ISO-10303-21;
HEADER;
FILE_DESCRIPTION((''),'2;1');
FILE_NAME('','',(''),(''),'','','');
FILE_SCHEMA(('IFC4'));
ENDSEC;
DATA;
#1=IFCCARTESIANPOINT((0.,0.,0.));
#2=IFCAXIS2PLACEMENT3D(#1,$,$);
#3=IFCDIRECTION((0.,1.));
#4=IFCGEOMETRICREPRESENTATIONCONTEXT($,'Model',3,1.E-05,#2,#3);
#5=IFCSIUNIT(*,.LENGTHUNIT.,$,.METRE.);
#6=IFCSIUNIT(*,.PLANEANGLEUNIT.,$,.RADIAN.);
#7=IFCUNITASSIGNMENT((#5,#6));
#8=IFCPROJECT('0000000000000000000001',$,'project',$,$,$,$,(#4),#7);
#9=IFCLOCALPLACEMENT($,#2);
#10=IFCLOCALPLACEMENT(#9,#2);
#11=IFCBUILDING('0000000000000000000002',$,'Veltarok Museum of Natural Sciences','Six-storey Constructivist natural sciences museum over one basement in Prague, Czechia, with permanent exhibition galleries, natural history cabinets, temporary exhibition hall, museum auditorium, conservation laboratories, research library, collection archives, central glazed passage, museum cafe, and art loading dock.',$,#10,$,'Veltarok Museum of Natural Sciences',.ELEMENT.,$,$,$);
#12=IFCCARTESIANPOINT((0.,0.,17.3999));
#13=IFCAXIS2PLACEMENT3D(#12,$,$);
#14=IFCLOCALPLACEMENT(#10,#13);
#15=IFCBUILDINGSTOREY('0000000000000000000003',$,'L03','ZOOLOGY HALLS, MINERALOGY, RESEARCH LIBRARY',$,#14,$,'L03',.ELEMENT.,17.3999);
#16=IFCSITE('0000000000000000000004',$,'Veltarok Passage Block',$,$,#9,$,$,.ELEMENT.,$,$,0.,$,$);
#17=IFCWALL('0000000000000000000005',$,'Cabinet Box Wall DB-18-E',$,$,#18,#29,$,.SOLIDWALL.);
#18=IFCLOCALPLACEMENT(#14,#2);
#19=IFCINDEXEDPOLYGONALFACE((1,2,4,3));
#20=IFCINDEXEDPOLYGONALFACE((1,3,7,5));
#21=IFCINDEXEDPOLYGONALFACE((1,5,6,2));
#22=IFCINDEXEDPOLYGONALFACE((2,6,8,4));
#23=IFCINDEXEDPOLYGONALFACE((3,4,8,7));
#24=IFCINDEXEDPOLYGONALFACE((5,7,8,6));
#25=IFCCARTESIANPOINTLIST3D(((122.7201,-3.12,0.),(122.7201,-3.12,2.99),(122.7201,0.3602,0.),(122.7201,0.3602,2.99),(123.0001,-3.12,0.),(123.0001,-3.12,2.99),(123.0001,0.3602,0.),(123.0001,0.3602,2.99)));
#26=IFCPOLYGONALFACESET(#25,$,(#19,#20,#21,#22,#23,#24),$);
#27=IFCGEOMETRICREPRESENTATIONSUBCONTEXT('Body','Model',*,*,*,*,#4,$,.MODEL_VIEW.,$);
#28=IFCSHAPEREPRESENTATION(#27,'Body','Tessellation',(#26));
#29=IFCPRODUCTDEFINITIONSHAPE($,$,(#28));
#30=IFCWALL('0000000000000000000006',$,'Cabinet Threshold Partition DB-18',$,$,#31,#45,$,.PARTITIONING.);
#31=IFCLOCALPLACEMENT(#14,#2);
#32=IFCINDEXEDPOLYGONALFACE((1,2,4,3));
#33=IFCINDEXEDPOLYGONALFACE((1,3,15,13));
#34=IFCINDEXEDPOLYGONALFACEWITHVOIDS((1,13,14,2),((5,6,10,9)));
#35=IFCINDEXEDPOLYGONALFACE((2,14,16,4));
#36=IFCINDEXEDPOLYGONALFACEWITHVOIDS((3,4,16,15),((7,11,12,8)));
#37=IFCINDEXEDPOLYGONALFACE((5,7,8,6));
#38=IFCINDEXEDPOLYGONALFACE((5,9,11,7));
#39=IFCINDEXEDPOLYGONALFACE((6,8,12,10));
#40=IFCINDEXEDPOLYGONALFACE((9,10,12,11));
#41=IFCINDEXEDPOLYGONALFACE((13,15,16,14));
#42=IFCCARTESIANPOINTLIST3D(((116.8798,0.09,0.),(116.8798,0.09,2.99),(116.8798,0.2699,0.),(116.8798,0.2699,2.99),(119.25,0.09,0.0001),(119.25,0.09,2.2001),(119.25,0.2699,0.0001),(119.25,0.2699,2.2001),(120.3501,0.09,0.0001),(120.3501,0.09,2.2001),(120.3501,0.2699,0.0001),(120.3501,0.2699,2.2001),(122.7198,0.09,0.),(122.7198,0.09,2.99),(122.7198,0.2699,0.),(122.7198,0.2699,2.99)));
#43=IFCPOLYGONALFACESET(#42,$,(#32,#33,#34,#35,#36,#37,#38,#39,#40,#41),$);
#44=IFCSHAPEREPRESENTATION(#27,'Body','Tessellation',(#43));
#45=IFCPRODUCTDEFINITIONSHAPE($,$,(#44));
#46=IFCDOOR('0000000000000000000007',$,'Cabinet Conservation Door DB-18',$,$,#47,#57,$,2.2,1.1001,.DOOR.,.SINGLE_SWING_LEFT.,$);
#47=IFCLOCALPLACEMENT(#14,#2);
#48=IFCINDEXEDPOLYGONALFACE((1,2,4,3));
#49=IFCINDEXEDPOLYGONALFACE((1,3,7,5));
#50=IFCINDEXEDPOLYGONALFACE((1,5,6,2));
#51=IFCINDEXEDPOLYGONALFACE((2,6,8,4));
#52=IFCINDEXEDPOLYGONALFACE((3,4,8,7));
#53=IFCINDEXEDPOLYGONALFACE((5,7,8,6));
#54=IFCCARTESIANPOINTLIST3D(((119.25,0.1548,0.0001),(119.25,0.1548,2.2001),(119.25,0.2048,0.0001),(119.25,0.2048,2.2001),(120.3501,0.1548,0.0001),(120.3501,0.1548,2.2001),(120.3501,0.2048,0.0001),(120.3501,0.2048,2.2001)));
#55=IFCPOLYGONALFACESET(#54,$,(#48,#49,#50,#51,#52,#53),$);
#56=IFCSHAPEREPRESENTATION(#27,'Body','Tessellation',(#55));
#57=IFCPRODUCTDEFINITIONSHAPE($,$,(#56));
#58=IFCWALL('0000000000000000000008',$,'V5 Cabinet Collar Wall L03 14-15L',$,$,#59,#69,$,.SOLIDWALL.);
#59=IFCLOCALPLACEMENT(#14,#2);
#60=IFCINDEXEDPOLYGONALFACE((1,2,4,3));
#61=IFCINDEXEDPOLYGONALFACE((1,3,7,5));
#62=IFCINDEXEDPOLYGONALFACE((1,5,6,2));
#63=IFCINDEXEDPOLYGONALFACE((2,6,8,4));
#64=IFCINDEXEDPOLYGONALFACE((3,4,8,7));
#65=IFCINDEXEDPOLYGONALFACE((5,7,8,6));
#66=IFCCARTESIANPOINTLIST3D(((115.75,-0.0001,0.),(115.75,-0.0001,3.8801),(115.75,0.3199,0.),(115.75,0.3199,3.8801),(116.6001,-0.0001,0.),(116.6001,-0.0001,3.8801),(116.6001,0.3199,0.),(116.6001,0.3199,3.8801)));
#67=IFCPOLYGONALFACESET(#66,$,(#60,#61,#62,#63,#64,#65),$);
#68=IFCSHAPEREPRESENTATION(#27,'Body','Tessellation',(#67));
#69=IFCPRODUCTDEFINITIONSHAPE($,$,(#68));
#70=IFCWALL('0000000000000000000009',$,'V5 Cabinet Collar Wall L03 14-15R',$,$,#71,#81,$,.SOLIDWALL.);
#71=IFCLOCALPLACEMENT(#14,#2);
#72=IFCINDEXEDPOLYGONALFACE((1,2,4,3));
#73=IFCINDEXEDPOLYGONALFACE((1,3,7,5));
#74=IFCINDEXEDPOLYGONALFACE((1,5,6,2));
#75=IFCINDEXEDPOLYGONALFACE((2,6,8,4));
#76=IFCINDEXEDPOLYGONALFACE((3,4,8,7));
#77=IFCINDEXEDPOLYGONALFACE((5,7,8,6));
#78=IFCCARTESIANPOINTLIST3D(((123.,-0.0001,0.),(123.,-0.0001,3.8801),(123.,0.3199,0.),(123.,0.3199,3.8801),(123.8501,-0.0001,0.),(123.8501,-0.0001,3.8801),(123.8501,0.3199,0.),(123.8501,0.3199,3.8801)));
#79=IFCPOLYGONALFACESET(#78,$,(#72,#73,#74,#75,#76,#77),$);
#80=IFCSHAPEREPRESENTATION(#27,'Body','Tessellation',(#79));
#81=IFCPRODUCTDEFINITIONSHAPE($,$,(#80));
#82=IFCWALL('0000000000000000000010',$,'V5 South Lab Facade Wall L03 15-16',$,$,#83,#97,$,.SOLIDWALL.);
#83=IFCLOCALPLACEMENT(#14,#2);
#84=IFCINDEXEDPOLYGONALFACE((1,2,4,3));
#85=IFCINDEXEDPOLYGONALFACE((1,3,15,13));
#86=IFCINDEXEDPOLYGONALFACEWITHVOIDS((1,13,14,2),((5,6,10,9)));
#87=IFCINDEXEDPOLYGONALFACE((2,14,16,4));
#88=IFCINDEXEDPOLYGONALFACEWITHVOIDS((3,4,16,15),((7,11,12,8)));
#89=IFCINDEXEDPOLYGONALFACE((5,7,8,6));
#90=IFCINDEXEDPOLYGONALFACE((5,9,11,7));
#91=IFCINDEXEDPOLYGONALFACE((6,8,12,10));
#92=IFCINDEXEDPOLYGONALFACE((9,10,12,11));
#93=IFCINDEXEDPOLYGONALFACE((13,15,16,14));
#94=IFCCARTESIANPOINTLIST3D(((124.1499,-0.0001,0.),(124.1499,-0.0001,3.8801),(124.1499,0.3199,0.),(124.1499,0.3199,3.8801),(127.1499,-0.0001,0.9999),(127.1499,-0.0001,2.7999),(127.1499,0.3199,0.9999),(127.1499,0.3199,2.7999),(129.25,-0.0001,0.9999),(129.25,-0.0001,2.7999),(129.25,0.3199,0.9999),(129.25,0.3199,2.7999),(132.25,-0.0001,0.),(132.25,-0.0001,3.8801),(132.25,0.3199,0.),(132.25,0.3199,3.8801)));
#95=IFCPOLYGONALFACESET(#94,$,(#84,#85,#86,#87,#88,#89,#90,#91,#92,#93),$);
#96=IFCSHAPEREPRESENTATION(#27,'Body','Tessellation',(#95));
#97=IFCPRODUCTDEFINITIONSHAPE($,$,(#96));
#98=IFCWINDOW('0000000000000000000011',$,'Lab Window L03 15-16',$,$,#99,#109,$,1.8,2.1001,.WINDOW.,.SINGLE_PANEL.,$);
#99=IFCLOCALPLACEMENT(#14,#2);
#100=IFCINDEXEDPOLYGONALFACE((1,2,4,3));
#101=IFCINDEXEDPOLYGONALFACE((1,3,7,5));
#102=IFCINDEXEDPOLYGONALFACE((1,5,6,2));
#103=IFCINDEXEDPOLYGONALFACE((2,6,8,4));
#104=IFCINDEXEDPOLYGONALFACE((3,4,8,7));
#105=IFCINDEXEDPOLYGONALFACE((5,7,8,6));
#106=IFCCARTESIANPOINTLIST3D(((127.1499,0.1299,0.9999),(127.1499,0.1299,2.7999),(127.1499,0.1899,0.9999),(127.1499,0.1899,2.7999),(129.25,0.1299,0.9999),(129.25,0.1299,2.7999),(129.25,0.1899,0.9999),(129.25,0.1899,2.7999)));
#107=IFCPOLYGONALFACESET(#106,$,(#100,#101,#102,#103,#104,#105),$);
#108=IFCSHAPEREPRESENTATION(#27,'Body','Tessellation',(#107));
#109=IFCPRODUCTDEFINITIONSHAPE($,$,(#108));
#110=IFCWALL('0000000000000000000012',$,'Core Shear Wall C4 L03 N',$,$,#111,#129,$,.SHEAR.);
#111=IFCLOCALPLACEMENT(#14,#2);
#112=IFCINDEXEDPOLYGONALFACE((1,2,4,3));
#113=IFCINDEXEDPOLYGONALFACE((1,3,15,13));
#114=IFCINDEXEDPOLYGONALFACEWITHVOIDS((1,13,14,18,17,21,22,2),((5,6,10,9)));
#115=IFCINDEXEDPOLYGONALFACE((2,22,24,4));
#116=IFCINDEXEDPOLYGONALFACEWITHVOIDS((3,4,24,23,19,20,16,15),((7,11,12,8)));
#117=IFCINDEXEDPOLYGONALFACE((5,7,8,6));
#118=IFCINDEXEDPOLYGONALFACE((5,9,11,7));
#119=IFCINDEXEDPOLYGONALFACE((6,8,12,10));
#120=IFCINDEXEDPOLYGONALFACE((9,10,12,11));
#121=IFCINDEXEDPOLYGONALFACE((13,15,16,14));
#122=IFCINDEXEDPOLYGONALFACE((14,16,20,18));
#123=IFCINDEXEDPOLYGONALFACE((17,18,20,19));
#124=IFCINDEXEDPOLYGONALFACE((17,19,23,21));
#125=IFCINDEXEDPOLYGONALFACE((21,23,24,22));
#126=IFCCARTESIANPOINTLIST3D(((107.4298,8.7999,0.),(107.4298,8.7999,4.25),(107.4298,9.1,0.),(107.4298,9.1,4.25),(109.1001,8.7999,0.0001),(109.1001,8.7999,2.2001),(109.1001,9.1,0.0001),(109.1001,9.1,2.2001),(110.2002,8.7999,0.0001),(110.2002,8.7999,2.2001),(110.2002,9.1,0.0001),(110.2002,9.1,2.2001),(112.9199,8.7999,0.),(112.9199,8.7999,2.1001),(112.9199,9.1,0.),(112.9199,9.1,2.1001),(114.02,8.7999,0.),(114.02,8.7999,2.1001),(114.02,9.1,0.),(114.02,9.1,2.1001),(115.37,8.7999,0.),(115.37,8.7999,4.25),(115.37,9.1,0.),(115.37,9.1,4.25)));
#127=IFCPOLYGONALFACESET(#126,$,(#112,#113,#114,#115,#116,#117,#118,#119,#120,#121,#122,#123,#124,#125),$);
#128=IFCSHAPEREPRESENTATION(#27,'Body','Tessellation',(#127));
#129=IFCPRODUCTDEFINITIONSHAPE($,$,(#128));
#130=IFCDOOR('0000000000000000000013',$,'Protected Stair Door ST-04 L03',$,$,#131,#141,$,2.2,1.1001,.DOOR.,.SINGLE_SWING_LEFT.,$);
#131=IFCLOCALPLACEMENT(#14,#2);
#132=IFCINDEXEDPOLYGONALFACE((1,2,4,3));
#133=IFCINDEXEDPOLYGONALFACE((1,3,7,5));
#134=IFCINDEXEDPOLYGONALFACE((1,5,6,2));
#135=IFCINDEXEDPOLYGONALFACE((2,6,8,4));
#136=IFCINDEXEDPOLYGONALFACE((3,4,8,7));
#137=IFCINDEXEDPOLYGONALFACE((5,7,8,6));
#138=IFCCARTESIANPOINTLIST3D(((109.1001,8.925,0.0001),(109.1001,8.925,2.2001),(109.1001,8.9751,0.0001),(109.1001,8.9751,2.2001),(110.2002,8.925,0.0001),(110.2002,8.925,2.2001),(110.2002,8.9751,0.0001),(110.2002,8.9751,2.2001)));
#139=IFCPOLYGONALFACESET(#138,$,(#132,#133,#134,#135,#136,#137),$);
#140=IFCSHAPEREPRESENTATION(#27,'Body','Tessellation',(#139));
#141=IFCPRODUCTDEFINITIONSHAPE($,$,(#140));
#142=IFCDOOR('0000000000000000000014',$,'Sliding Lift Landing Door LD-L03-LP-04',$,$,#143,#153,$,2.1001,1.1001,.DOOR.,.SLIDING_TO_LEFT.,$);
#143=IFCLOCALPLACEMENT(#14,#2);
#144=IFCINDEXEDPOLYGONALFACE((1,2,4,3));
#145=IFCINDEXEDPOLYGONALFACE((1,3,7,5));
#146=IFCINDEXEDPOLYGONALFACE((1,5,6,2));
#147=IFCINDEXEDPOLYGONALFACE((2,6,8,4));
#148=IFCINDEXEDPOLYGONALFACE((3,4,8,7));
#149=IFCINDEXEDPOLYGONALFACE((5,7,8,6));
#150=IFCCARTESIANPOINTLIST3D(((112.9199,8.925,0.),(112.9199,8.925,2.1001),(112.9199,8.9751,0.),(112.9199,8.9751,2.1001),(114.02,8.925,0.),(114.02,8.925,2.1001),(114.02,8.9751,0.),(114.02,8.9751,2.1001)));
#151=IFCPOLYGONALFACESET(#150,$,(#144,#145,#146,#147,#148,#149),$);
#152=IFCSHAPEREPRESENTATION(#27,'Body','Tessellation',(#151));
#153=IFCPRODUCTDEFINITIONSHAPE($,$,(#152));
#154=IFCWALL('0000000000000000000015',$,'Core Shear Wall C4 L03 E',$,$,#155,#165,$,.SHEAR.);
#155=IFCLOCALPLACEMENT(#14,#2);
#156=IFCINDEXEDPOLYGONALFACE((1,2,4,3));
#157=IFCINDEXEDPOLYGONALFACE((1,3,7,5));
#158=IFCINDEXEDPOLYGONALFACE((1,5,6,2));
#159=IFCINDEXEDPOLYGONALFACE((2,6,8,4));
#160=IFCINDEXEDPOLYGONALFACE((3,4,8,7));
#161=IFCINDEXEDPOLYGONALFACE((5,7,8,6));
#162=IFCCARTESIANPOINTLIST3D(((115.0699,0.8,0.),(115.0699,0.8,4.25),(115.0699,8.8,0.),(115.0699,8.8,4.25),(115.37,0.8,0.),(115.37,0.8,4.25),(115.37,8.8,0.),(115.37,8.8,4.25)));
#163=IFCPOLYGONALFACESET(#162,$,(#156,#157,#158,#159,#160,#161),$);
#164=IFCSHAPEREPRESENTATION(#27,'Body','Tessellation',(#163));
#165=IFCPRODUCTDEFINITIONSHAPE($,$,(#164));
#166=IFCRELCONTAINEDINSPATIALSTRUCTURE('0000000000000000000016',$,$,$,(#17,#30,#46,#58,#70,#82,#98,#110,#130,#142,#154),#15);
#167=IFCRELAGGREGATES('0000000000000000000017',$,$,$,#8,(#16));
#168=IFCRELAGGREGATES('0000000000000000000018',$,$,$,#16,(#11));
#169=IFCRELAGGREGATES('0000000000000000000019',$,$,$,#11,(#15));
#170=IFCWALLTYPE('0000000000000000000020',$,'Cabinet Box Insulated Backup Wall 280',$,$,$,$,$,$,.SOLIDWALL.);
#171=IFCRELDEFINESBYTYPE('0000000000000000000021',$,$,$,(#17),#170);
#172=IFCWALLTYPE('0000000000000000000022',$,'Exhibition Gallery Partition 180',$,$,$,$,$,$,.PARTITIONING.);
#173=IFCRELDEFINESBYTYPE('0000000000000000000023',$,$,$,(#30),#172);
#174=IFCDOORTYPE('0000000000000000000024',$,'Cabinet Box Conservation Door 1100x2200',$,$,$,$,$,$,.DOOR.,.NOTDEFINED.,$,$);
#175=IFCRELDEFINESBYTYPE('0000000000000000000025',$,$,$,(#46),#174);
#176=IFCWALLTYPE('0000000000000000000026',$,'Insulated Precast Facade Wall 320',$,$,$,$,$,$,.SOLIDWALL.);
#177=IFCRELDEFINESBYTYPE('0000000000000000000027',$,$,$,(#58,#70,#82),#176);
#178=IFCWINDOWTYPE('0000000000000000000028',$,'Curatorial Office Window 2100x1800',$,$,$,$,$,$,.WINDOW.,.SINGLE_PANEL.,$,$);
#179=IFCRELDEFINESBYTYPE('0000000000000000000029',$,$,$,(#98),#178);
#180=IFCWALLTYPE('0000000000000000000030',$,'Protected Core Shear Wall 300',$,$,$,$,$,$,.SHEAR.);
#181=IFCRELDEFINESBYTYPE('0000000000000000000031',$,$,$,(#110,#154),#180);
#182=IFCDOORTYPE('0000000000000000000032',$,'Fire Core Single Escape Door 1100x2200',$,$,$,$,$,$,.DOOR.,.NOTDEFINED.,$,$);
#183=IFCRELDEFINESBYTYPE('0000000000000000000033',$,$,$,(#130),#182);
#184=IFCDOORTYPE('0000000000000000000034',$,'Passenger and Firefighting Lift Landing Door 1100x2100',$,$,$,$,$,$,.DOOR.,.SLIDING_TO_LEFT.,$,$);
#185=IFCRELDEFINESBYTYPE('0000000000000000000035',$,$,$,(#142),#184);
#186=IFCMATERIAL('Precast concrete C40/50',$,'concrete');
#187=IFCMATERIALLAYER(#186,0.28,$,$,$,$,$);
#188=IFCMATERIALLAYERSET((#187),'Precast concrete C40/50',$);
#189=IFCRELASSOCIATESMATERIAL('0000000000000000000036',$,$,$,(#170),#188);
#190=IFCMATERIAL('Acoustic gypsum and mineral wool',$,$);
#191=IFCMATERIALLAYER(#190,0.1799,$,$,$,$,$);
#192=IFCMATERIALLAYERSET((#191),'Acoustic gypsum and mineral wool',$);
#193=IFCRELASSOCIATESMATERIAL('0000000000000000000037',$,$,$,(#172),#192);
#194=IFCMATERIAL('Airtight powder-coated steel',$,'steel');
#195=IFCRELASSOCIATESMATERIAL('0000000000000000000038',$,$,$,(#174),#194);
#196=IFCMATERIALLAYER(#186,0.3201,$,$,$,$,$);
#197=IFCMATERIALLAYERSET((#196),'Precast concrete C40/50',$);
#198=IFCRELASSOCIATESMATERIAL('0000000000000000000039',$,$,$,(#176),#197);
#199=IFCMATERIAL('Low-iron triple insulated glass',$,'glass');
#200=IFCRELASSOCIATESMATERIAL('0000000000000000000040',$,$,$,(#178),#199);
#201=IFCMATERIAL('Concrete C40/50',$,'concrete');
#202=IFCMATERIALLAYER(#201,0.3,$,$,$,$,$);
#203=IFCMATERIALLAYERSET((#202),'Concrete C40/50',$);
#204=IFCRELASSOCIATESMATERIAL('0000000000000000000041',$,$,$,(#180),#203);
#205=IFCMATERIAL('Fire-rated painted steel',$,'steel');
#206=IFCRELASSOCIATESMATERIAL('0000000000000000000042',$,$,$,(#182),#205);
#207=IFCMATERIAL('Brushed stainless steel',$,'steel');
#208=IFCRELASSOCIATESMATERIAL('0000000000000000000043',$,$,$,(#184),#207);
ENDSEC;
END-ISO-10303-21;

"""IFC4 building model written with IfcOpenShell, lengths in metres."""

from ifc_helpers import new_model, si_unit, direction, frame, frame_2d, origin, place, context, subcontext, project, spatial, rectangle, extrude, material, layer, layer_set, type_object, element, fill, save


model = new_model("IFC4")

# Units and contexts
model_context = context("Model", 3, precision=1e-05, world=origin(), true_north=direction((0.0, 1.0)))
body_context = subcontext(model_context, "Body", "Model", "MODEL_VIEW")
ifc_project = project(units=[si_unit("LENGTHUNIT", "METRE"), si_unit("PLANEANGLEUNIT", "RADIAN")], contexts=[model_context])

# Site, building, storey
site_placement = place(None, origin())
site = spatial("IfcSite", under=ifc_project, at=site_placement, Name="Veltarok Passage Block", CompositionType="ELEMENT", RefElevation=0.0)
building_placement = place(site_placement, origin())
building = spatial("IfcBuilding", under=site, at=building_placement, Name="Veltarok Museum of Natural Sciences", Description="Six-storey Constructivist natural sciences museum over one basement in Prague, Czechia, with permanent exhibition galleries, natural history cabinets, temporary exhibition hall, museum auditorium, conservation laboratories, research library, collection archives, central glazed passage, museum cafe, and art loading dock.", LongName="Veltarok Museum of Natural Sciences", CompositionType="ELEMENT")
storey_placement = place(building_placement, frame((0.0, 0.0, 17.3999)))
storey = spatial("IfcBuildingStorey", under=building, at=storey_placement, Name="L03", Description="ZOOLOGY HALLS, MINERALOGY, RESEARCH LIBRARY", LongName="L03", CompositionType="ELEMENT", Elevation=17.3999)

# Shared definitions
ifc_material_1 = material(Name="Concrete C40/50", Category="concrete")

# Shared definitions
ifc_material_2 = material(Name="Precast concrete C40/50", Category="concrete")

# Wall
ifc_layer_1 = layer(ifc_material_2, 0.28)
ifc_layer_set_1 = layer_set([ifc_layer_1], Name="Precast concrete C40/50")
wall_type_1 = type_object("IfcWallType", Name="Cabinet Box Insulated Backup Wall 280", PredefinedType="SOLIDWALL", material=ifc_layer_set_1)
for number, where, z_axis, x_axis, name in (
    (1, (122.8601, -3.1201, 0.0), (0.0, 0.0, 1.0), (0.0, 1.0, 0.0), "Cabinet Box Wall DB-18-E"),
):
    element("IfcWall", number, at=place(storey_placement, frame(where, z_axis=z_axis, x_axis=x_axis)), inside=storey, type_object=wall_type_1, Name=name, PredefinedType="SOLIDWALL", context=body_context, shape_type="SweptSolid", body=[
        extrude(rectangle(XDim=3.4802, YDim=0.28, at=frame_2d((1.7402, 0.0))), origin(), (0.0, 0.0, 1.0), 2.99),
    ])

# Wall, opening, door
ifc_material_3 = material(Name="Acoustic gypsum and mineral wool")
ifc_layer_2 = layer(ifc_material_3, 0.1799)
ifc_layer_set_2 = layer_set([ifc_layer_2], Name="Acoustic gypsum and mineral wool")
wall_type_2 = type_object("IfcWallType", Name="Exhibition Gallery Partition 180", PredefinedType="PARTITIONING", material=ifc_layer_set_2)
wall_1_placement = place(storey_placement, frame((116.8799, 0.1799, 0.0), z_axis=(0.0, 0.0, 1.0), x_axis=(1.0, 0.0, 0.0)))
wall_1 = element("IfcWall", 2, at=wall_1_placement, inside=storey, type_object=wall_type_2, Name="Cabinet Threshold Partition DB-18", PredefinedType="PARTITIONING", context=body_context, shape_type="SweptSolid", body=[
    extrude(rectangle(XDim=5.8401, YDim=0.1799, at=frame_2d((2.9199, 0.0))), origin(), (0.0, 0.0, 1.0), 2.99),
])
opening_1_placement = place(wall_1_placement, frame((2.3701, 0.0, 0.0)))
opening_1 = element("IfcOpeningElement", 3, at=opening_1_placement, cuts=wall_1, PredefinedType="OPENING", context=body_context, shape_type="SweptSolid", body=[
    extrude(rectangle(XDim=1.1001, YDim=2.2, at=frame_2d((0.55, 1.1001))), frame((0.0, 0.1001, 0.0), z_axis=(0.0, -1.0, 0.0), x_axis=(1.0, 0.0, 0.0)), (0.0, 0.0, 1.0), 0.2),
])
ifc_material_4 = material(Name="Airtight powder-coated steel", Category="steel")
door_type_1 = type_object("IfcDoorType", Name="Cabinet Box Conservation Door 1100x2200", OperationType="NOTDEFINED", PredefinedType="DOOR", material=ifc_material_4)
door_1_placement = place(opening_1_placement, origin())
door_1 = element("IfcDoor", 4, at=door_1_placement, inside=storey, type_object=door_type_1, Name="Cabinet Conservation Door DB-18", OperationType="SINGLE_SWING_LEFT", OverallHeight=2.2, OverallWidth=1.1001, PredefinedType="DOOR", context=body_context, shape_type="SweptSolid", body=[
    extrude(rectangle(XDim=1.1001, YDim=2.2, at=frame_2d((0.55, 1.1001))), frame((0.0, 0.0249, 0.0), z_axis=(0.0, -1.0, 0.0), x_axis=(1.0, 0.0, 0.0)), (0.0, 0.0, 1.0), 0.05),
])
fill(opening_1, door_1)

# Walls
ifc_layer_3 = layer(ifc_material_2, 0.3201)
ifc_layer_set_3 = layer_set([ifc_layer_3], Name="Precast concrete C40/50")
wall_type_3 = type_object("IfcWallType", Name="Insulated Precast Facade Wall 320", PredefinedType="SOLIDWALL", material=ifc_layer_set_3)
for number, where, z_axis, x_axis, name in (
    (5, (115.75, 0.1599, 0.0), (0.0, 0.0, 1.0), (1.0, 0.0, 0.0), "V5 Cabinet Collar Wall L03 14-15L"),
    (6, (123.0, 0.1599, 0.0), (0.0, 0.0, 1.0), (1.0, 0.0, 0.0), "V5 Cabinet Collar Wall L03 14-15R"),
):
    element("IfcWall", number, at=place(storey_placement, frame(where, z_axis=z_axis, x_axis=x_axis)), inside=storey, type_object=wall_type_3, Name=name, PredefinedType="SOLIDWALL", context=body_context, shape_type="SweptSolid", body=[
        extrude(rectangle(XDim=0.8501, YDim=0.3201, at=frame_2d((0.425, 0.0))), origin(), (0.0, 0.0, 1.0), 3.8801),
    ])

# Wall, opening, window
wall_2_placement = place(storey_placement, frame((124.1499, 0.1599, 0.0), z_axis=(0.0, 0.0, 1.0), x_axis=(1.0, 0.0, 0.0)))
wall_2 = element("IfcWall", 7, at=wall_2_placement, inside=storey, type_object=wall_type_3, Name="V5 South Lab Facade Wall L03 15-16", PredefinedType="SOLIDWALL", context=body_context, shape_type="SweptSolid", body=[
    extrude(rectangle(XDim=8.1001, YDim=0.3201, at=frame_2d((4.05, 0.0))), origin(), (0.0, 0.0, 1.0), 3.8801),
])
opening_2_placement = place(wall_2_placement, frame((3.0, 0.0, 1.0)))
opening_2 = element("IfcOpeningElement", 8, at=opening_2_placement, cuts=wall_2, PredefinedType="OPENING", context=body_context, shape_type="SweptSolid", body=[
    extrude(rectangle(XDim=2.1001, YDim=1.8, at=frame_2d((1.05, 0.8999))), frame((0.0, 0.1699, 0.0), z_axis=(0.0, -1.0, 0.0), x_axis=(1.0, 0.0, 0.0)), (0.0, 0.0, 1.0), 0.3401),
])
ifc_material_5 = material(Name="Low-iron triple insulated glass", Category="glass")
window_type = type_object("IfcWindowType", Name="Curatorial Office Window 2100x1800", PartitioningType="SINGLE_PANEL", PredefinedType="WINDOW", material=ifc_material_5)
window_placement = place(opening_2_placement, origin())
window = element("IfcWindow", 9, at=window_placement, inside=storey, type_object=window_type, Name="Lab Window L03 15-16", OverallHeight=1.8, OverallWidth=2.1001, PartitioningType="SINGLE_PANEL", PredefinedType="WINDOW", context=body_context, shape_type="SweptSolid", body=[
    extrude(rectangle(XDim=2.1001, YDim=1.8, at=frame_2d((1.05, 0.8999))), frame((0.0, 0.03, 0.0), z_axis=(0.0, -1.0, 0.0), x_axis=(1.0, 0.0, 0.0)), (0.0, 0.0, 1.0), 0.0601),
])
fill(opening_2, window)

# Wall, openings, doors
ifc_layer_4 = layer(ifc_material_1, 0.3)
ifc_layer_set_4 = layer_set([ifc_layer_4], Name="Concrete C40/50")
wall_type_4 = type_object("IfcWallType", Name="Protected Core Shear Wall 300", PredefinedType="SHEAR", material=ifc_layer_set_4)
wall_3_placement = place(storey_placement, frame((115.3701, 8.95, 0.0), z_axis=(0.0, 0.0, 1.0), x_axis=(-1.0, 0.0, 0.0)))
wall_3 = element("IfcWall", 10, at=wall_3_placement, inside=storey, type_object=wall_type_4, Name="Core Shear Wall C4 L03 N", PredefinedType="SHEAR", context=body_context, shape_type="SweptSolid", body=[
    extrude(rectangle(XDim=7.9402, YDim=0.3, at=frame_2d((3.9702, 0.0))), origin(), (0.0, 0.0, 1.0), 4.25),
])
opening_3_placement = place(wall_3_placement, frame((5.1699, 0.0, 0.0)))
opening_3 = element("IfcOpeningElement", 11, at=opening_3_placement, cuts=wall_3, PredefinedType="OPENING", context=body_context, shape_type="SweptSolid", body=[
    extrude(rectangle(XDim=1.1001, YDim=2.2, at=frame_2d((0.55, 1.1001))), frame((0.0, 0.1602, 0.0), z_axis=(0.0, -1.0, 0.0), x_axis=(1.0, 0.0, 0.0)), (0.0, 0.0, 1.0), 0.3201),
])
opening_4_placement = place(wall_3_placement, frame((1.3501, 0.0, 0.0)))
opening_4 = element("IfcOpeningElement", 12, at=opening_4_placement, cuts=wall_3, PredefinedType="OPENING", context=body_context, shape_type="SweptSolid", body=[
    extrude(rectangle(XDim=1.1001, YDim=2.1001, at=frame_2d((0.55, 1.05))), frame((0.0, 0.1602, 0.0), z_axis=(0.0, -1.0, 0.0), x_axis=(1.0, 0.0, 0.0)), (0.0, 0.0, 1.0), 0.3201),
])
ifc_material_6 = material(Name="Fire-rated painted steel", Category="steel")
door_type_2 = type_object("IfcDoorType", Name="Fire Core Single Escape Door 1100x2200", OperationType="NOTDEFINED", PredefinedType="DOOR", material=ifc_material_6)
door_2_placement = place(opening_3_placement, origin())
door_2 = element("IfcDoor", 13, at=door_2_placement, inside=storey, type_object=door_type_2, Name="Protected Stair Door ST-04 L03", OperationType="SINGLE_SWING_LEFT", OverallHeight=2.2, OverallWidth=1.1001, PredefinedType="DOOR", context=body_context, shape_type="SweptSolid", body=[
    extrude(rectangle(XDim=1.1001, YDim=2.2, at=frame_2d((0.55, 1.1001))), frame((0.0, 0.0249, 0.0), z_axis=(0.0, -1.0, 0.0), x_axis=(1.0, 0.0, 0.0)), (0.0, 0.0, 1.0), 0.05),
])
fill(opening_3, door_2)
ifc_material_7 = material(Name="Brushed stainless steel", Category="steel")
door_type_3 = type_object("IfcDoorType", Name="Passenger and Firefighting Lift Landing Door 1100x2100", OperationType="SLIDING_TO_LEFT", PredefinedType="DOOR", material=ifc_material_7)
door_3_placement = place(opening_4_placement, origin())
door_3 = element("IfcDoor", 14, at=door_3_placement, inside=storey, type_object=door_type_3, Name="Sliding Lift Landing Door LD-L03-LP-04", OperationType="SLIDING_TO_LEFT", OverallHeight=2.1001, OverallWidth=1.1001, PredefinedType="DOOR", context=body_context, shape_type="SweptSolid", body=[
    extrude(rectangle(XDim=1.1001, YDim=2.1001, at=frame_2d((0.55, 1.05))), frame((0.0, 0.0249, 0.0), z_axis=(0.0, -1.0, 0.0), x_axis=(1.0, 0.0, 0.0)), (0.0, 0.0, 1.0), 0.05),
])
fill(opening_4, door_3)

# Wall
wall_4_placement = place(storey_placement, frame((115.22, 0.8, 0.0), z_axis=(0.0, 0.0, 1.0), x_axis=(0.0, 1.0, 0.0)))
element("IfcWall", 15, at=wall_4_placement, inside=storey, type_object=wall_type_4, Name="Core Shear Wall C4 L03 E", PredefinedType="SHEAR", context=body_context, shape_type="SweptSolid", body=[
    extrude(rectangle(XDim=8.0, YDim=0.3, at=frame_2d((4.0, 0.0))), origin(), (0.0, 0.0, 1.0), 4.25),
])

save(model, "model.ifc")
